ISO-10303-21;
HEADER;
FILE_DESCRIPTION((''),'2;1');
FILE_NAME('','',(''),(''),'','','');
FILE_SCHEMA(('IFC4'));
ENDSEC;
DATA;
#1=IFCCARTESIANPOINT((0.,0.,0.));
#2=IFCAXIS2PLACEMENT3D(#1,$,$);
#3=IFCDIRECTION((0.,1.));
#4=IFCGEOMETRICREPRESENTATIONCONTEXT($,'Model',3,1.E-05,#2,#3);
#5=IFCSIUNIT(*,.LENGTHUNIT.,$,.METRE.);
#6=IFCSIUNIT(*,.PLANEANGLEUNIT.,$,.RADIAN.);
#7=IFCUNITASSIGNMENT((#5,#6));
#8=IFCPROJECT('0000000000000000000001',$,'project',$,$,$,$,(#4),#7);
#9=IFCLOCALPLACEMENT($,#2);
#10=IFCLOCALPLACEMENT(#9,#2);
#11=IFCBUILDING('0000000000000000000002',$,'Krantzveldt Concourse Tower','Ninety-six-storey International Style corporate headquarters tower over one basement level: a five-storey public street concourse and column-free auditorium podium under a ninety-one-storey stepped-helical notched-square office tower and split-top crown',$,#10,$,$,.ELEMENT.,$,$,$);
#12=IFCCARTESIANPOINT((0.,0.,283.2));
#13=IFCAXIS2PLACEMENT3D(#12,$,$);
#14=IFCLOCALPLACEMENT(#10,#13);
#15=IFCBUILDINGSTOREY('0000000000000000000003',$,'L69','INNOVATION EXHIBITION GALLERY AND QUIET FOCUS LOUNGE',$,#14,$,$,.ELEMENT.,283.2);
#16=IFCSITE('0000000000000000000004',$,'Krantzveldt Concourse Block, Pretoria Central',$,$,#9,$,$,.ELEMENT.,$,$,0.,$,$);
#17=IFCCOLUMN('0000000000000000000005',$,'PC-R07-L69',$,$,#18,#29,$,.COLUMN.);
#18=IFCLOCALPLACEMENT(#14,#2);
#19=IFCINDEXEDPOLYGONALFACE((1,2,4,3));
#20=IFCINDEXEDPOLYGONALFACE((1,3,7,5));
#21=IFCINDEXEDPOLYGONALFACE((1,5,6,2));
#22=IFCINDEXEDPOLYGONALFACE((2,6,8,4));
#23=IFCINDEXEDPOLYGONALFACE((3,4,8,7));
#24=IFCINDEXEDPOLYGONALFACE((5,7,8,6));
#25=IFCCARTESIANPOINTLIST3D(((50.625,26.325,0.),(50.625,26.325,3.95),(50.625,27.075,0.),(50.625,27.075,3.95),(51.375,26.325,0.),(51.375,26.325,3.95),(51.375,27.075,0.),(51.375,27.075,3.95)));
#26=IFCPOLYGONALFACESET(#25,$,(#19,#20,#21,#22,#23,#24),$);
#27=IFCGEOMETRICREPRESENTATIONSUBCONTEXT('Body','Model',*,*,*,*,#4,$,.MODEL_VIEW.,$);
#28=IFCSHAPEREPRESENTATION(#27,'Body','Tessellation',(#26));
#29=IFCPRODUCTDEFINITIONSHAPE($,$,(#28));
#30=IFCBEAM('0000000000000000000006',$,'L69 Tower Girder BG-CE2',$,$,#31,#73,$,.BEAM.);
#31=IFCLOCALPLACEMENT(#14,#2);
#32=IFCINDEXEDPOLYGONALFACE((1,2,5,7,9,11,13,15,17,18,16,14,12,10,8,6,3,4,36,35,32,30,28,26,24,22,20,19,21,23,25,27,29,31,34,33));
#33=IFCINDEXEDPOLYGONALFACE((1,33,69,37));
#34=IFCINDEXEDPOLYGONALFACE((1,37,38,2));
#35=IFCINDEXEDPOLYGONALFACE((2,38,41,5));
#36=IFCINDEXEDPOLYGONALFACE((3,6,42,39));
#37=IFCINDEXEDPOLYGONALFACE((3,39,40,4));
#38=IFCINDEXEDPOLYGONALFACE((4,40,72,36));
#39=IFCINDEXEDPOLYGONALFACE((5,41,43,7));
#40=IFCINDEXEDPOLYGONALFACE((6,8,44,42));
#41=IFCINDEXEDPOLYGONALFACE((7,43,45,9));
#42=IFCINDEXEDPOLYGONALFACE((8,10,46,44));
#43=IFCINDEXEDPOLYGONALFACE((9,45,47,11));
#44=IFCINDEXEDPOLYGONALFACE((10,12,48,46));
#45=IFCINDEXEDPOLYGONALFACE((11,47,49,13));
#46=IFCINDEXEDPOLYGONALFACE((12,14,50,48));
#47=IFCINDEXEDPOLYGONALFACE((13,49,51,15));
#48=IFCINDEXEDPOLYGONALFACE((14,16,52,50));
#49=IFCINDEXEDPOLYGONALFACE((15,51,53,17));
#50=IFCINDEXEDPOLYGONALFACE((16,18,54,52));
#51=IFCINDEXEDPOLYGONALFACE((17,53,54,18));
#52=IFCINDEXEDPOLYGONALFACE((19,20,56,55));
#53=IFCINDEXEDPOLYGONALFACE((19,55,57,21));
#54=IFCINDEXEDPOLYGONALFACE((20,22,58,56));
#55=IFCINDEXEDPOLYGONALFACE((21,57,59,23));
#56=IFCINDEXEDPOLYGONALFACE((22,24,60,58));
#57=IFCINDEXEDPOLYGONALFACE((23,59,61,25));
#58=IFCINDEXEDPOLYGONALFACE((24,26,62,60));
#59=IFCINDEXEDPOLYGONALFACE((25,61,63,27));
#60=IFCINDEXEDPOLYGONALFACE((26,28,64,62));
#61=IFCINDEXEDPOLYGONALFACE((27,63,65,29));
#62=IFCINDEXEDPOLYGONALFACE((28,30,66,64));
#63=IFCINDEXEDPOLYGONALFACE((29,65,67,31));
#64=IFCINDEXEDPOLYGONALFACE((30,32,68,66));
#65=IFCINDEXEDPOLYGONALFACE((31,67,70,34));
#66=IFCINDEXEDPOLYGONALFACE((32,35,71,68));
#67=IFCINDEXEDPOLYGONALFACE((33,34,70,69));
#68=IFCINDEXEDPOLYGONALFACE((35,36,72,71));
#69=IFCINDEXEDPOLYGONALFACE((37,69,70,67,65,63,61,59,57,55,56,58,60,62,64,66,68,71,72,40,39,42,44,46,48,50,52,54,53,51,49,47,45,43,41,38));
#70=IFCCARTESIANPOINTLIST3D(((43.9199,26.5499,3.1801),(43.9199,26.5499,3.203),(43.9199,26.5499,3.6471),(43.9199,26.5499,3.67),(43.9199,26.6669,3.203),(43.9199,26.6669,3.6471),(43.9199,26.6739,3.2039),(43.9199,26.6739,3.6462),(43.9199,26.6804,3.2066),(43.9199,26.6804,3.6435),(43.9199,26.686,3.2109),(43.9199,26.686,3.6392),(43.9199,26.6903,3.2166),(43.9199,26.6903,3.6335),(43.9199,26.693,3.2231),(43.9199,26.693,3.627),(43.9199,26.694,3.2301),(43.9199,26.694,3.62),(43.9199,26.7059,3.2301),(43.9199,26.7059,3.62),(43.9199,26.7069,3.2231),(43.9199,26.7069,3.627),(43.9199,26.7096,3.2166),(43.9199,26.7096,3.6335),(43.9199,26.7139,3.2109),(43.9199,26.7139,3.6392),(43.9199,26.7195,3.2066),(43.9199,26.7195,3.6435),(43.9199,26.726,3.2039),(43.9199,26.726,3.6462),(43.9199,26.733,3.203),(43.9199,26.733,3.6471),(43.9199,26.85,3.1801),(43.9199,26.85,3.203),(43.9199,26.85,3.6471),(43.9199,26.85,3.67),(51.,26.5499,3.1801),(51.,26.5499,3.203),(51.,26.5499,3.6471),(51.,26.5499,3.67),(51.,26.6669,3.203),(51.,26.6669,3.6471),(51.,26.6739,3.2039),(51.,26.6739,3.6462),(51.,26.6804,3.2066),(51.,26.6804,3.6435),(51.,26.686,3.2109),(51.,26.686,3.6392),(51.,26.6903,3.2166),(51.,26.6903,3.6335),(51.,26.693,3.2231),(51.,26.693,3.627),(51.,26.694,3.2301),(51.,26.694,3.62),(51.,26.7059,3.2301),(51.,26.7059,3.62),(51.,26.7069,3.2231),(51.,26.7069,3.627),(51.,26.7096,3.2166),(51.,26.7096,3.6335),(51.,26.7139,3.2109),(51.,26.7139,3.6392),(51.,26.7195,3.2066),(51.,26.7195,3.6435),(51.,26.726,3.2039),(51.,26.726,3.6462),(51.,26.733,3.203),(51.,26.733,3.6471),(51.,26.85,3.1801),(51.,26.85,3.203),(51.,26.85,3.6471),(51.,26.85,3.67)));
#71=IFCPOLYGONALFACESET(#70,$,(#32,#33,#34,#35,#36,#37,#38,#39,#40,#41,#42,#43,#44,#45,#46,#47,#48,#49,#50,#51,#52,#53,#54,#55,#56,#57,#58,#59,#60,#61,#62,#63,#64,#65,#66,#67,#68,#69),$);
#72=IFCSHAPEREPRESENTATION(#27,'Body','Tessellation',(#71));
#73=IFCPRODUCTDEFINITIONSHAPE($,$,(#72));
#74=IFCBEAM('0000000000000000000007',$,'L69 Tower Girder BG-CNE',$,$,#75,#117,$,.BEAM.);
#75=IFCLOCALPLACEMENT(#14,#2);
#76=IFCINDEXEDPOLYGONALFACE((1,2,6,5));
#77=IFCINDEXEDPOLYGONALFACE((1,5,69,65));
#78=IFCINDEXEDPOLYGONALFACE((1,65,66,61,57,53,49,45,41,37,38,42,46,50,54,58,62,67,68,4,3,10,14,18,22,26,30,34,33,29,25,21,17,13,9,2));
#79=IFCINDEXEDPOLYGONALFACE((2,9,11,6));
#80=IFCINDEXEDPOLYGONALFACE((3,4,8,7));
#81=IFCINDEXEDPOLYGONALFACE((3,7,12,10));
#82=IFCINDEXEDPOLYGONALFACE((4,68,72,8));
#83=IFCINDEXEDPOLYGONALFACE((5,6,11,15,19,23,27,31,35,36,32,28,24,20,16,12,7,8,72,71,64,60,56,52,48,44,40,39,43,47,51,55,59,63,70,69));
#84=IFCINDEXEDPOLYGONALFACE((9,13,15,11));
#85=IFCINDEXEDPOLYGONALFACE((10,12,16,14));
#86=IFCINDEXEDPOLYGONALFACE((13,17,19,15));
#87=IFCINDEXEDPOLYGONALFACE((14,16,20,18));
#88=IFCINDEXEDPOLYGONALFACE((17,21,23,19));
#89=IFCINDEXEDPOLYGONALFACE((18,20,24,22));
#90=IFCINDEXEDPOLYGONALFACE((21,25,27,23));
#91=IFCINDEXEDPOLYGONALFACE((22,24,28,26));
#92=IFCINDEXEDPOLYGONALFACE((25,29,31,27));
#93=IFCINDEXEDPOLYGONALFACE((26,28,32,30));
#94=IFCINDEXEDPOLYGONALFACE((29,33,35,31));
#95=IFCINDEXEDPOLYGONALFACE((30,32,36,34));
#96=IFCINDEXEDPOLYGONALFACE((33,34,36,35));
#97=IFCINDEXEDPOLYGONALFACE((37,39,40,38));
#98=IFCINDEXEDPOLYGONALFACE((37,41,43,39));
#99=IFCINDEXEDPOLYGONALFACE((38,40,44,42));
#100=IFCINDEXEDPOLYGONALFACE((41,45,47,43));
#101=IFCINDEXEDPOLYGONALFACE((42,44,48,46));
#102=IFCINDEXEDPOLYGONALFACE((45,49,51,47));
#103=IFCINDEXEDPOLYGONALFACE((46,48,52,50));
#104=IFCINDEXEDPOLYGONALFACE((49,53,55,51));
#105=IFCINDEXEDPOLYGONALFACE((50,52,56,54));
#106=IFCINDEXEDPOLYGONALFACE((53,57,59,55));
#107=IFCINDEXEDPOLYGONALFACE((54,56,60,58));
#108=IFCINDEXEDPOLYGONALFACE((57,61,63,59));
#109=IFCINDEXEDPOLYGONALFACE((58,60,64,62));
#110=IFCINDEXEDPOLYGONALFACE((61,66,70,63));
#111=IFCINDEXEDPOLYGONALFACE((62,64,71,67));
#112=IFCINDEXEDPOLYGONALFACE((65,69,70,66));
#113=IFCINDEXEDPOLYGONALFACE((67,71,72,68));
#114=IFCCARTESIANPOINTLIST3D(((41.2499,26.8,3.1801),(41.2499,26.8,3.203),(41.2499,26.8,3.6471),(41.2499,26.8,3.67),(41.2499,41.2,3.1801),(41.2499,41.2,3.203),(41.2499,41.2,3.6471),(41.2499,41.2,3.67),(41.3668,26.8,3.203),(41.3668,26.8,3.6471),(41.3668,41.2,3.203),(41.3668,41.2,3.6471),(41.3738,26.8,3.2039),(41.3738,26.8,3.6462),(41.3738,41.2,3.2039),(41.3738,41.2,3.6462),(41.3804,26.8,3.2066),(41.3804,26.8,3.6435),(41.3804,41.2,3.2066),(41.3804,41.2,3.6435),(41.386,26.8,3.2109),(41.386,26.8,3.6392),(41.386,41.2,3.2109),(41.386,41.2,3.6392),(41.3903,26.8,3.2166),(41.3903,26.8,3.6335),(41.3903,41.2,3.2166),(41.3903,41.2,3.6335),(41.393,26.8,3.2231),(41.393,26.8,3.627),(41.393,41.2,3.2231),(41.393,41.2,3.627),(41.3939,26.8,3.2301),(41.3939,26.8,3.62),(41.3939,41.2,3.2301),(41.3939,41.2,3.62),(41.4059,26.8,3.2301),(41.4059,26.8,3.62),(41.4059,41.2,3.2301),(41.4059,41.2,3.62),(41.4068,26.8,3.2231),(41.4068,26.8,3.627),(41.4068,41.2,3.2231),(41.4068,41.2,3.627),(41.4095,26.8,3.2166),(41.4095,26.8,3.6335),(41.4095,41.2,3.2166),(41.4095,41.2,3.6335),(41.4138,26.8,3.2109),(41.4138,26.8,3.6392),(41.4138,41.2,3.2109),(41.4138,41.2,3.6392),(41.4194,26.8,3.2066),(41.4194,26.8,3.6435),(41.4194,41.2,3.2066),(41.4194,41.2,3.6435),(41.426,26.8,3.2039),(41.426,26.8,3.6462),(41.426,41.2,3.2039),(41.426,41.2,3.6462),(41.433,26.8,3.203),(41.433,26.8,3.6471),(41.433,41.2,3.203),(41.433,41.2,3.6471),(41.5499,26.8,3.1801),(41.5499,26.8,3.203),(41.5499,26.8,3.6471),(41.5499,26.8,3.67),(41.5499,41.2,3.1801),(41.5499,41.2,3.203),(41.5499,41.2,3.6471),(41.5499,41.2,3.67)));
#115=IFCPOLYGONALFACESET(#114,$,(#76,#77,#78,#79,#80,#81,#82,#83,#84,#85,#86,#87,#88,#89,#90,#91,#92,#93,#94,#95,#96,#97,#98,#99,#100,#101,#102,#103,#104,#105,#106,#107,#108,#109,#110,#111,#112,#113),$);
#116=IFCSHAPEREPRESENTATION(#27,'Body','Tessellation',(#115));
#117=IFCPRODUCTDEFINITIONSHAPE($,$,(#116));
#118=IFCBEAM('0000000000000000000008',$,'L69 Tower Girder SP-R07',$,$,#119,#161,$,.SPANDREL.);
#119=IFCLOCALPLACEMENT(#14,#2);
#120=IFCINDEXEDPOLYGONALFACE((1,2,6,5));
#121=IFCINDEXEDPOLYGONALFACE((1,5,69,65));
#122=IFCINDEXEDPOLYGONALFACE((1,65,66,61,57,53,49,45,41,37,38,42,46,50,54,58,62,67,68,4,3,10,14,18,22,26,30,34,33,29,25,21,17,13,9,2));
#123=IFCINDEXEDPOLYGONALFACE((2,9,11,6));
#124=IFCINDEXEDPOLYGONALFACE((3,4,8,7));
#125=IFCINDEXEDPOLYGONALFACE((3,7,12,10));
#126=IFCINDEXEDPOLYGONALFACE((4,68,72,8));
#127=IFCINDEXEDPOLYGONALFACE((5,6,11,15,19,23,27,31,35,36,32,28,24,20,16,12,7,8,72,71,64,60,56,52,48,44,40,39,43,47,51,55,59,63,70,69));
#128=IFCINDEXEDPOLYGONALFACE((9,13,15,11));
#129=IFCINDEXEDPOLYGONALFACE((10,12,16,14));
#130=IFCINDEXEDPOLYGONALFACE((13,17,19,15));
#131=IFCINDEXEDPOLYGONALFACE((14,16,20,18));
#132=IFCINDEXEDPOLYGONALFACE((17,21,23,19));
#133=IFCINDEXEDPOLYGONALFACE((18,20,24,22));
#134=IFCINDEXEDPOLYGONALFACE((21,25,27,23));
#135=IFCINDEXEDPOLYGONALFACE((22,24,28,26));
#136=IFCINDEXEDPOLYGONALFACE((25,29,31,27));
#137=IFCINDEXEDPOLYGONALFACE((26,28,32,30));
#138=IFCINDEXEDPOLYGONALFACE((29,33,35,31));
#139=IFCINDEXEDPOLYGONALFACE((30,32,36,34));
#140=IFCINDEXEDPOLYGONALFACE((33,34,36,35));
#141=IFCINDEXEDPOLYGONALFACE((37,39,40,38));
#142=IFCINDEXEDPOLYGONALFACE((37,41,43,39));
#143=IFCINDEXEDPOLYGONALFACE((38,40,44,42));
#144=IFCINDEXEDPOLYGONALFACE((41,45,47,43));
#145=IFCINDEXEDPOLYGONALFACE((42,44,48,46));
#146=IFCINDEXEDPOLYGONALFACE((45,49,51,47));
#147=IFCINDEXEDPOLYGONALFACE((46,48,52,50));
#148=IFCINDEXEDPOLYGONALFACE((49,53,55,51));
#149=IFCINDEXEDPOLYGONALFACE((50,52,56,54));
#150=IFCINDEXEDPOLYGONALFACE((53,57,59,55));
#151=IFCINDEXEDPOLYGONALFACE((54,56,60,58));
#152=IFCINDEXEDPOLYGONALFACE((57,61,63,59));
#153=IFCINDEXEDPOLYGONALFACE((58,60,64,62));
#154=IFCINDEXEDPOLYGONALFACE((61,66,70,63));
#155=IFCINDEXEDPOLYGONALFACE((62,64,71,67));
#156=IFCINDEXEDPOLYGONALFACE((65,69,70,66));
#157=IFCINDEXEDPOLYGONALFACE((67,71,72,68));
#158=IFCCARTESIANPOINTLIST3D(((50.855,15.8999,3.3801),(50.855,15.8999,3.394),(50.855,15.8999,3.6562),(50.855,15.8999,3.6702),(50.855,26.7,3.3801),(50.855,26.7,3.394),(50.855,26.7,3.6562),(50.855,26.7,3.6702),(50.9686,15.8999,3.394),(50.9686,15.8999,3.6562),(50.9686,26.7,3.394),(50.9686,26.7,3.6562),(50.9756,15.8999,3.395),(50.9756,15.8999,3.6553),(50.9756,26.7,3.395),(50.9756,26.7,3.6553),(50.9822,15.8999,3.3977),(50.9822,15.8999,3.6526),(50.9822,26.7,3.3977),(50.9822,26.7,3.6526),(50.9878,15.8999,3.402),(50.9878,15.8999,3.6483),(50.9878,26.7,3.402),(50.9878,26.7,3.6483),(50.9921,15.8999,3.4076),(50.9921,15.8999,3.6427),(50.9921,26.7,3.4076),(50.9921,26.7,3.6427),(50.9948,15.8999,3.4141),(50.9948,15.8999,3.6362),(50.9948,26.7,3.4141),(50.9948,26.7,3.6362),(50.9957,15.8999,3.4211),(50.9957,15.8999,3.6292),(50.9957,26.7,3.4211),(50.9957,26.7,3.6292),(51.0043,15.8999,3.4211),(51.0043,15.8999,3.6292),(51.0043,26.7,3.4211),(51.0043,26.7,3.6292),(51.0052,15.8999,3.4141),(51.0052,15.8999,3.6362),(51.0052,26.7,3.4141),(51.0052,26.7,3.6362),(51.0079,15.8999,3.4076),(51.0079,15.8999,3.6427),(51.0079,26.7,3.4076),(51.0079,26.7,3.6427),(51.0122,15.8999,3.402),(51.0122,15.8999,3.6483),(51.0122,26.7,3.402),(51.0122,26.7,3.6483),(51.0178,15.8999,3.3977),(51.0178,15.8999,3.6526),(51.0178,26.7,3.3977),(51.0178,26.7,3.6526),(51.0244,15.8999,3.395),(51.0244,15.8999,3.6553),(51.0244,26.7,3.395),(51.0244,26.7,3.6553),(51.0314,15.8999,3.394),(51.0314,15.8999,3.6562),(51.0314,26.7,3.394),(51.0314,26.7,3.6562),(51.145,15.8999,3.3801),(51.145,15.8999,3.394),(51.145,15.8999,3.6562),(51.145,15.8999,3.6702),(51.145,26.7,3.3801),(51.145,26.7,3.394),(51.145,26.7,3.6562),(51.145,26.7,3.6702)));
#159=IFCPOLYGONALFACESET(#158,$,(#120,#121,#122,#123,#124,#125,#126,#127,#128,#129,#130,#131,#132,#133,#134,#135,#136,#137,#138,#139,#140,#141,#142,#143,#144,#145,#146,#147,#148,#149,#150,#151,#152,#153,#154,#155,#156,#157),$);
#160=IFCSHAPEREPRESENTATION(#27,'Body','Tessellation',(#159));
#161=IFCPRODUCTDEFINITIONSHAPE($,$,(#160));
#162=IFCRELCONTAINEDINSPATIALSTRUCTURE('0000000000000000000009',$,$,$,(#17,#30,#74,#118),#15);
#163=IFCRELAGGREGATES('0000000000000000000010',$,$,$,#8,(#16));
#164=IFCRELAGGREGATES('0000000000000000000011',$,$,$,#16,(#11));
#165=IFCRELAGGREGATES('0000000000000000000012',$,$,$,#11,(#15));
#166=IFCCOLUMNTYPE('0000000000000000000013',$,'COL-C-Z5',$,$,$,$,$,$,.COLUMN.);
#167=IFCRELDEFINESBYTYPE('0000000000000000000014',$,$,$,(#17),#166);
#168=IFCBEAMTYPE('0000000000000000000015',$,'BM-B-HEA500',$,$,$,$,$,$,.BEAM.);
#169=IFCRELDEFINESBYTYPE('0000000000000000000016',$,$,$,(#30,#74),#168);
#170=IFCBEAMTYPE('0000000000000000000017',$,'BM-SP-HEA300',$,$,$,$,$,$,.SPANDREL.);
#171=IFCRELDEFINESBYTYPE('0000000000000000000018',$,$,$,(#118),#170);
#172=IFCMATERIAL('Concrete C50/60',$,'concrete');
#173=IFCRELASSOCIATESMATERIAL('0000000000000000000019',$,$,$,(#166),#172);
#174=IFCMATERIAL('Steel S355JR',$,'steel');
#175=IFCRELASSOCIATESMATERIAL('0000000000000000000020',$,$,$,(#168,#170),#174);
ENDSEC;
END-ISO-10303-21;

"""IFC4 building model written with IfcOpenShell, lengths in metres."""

from ifc_helpers import new_model, si_unit, direction, frame, origin, origin_2d, place, context, subcontext, project, spatial, rectangle, i_section, extrude, source, transform, mapped, material, material_profile, profile_set, type_object, type_shapes, element, save


model = new_model("IFC4")

# Units and contexts
model_context = context("Model", 3, precision=1e-05, world=origin(), true_north=direction((0.0, 1.0)))
body_context = subcontext(model_context, "Body", "Model", "MODEL_VIEW")
ifc_project = project(units=[si_unit("LENGTHUNIT", "METRE"), si_unit("PLANEANGLEUNIT", "RADIAN")], contexts=[model_context])

# Site, building, storey
site_placement = place(None, origin())
site = spatial("IfcSite", under=ifc_project, at=site_placement, Name="Krantzveldt Concourse Block, Pretoria Central", CompositionType="ELEMENT", RefElevation=0.0)
building_placement = place(site_placement, origin())
building = spatial("IfcBuilding", under=site, at=building_placement, Name="Krantzveldt Concourse Tower", Description="Ninety-six-storey International Style corporate headquarters tower over one basement level: a five-storey public street concourse and column-free auditorium podium under a ninety-one-storey stepped-helical notched-square office tower and split-top crown", CompositionType="ELEMENT")
storey_placement = place(building_placement, frame((0.0, 0.0, 283.2)))
storey = spatial("IfcBuildingStorey", under=building, at=storey_placement, Name="L69", Description="INNOVATION EXHIBITION GALLERY AND QUIET FOCUS LOUNGE", CompositionType="ELEMENT", Elevation=283.2)

# Column
ifc_material_1 = material(Name="Concrete C50/60", Category="concrete")
ifc_material_profile_1 = material_profile(ifc_material_1, rectangle(XDim=0.75, YDim=0.75, at=origin_2d()), Name="Concrete C50/60", Category="concrete")
ifc_profile_set_1 = profile_set([ifc_material_profile_1], Name="Concrete C50/60 - RC 750x750")
column_type = type_object("IfcColumnType", Name="COL-C-Z5", PredefinedType="COLUMN", material=ifc_profile_set_1)
shared_shape_1 = source(origin(), body_context, "Body", "SweptSolid", [
    extrude(rectangle(XDim=0.75, YDim=0.75, at=origin_2d()), origin(), (0.0, 0.0, 1.0), 3.95),
])
type_shapes(column_type, [shared_shape_1])
column_placement = place(storey_placement, frame((51.0, 26.7, 0.0), z_axis=(0.0, 0.0, 1.0), x_axis=(1.0, 0.0, 0.0)))
element("IfcColumn", 1, at=column_placement, inside=storey, type_object=column_type, Name="PC-R07-L69", PredefinedType="COLUMN", context=body_context, shape_type="MappedRepresentation", body=[
    mapped(shared_shape_1, transform((0.0, 0.0, 0.0), x_axis=(1.0, 0.0, 0.0), y_axis=(0.0, 1.0, 0.0), z_axis=(0.0, 0.0, 1.0), scale=1.0)),
])

# Beams
ifc_material_2 = material(Name="Steel S355JR", Category="steel")
ifc_material_profile_2 = material_profile(ifc_material_2, i_section(OverallWidth=0.3, OverallDepth=0.49, WebThickness=0.012, FlangeThickness=0.0229, FilletRadius=0.0271, at=origin_2d()), Name="Steel S355JR", Category="steel")
ifc_profile_set_2 = profile_set([ifc_material_profile_2], Name="Steel S355JR - HEA 500")
beam_type_1 = type_object("IfcBeamType", Name="BM-B-HEA500", PredefinedType="BEAM", material=ifc_profile_set_2)
shared_shape_2 = source(origin(), body_context, "Body", "SweptSolid", [
    extrude(i_section(OverallWidth=0.3, OverallDepth=0.49, WebThickness=0.012, FlangeThickness=0.0229, FilletRadius=0.0271, at=origin_2d()), origin(), (0.0, 0.0, 1.0), 7.0801),
])
beam_1_placement = place(storey_placement, frame((43.9199, 26.7, 3.425), z_axis=(1.0, 0.0, 0.0), x_axis=(0.0, 1.0, 0.0)))
element("IfcBeam", 2, at=beam_1_placement, inside=storey, type_object=beam_type_1, Name="L69 Tower Girder BG-CE2", PredefinedType="BEAM", context=body_context, shape_type="MappedRepresentation", body=[
    mapped(shared_shape_2, transform((0.0, 0.0, 0.0), x_axis=(1.0, 0.0, 0.0), y_axis=(0.0, 1.0, 0.0), z_axis=(0.0, 0.0, 1.0), scale=1.0)),
])
shared_shape_3 = source(origin(), body_context, "Body", "SweptSolid", [
    extrude(i_section(OverallWidth=0.3, OverallDepth=0.49, WebThickness=0.012, FlangeThickness=0.0229, FilletRadius=0.0271, at=origin_2d()), origin(), (0.0, 0.0, 1.0), 14.3999),
])
type_shapes(beam_type_1, [shared_shape_2, shared_shape_3])
beam_2_placement = place(storey_placement, frame((41.3999, 26.8, 3.425), z_axis=(0.0, 1.0, 0.0), x_axis=(-1.0, 0.0, 0.0)))
element("IfcBeam", 3, at=beam_2_placement, inside=storey, type_object=beam_type_1, Name="L69 Tower Girder BG-CNE", PredefinedType="BEAM", context=body_context, shape_type="MappedRepresentation", body=[
    mapped(shared_shape_3, transform((0.0, 0.0, 0.0), x_axis=(1.0, 0.0, 0.0), y_axis=(0.0, 1.0, 0.0), z_axis=(0.0, 0.0, 1.0), scale=1.0)),
])
ifc_material_profile_3 = material_profile(ifc_material_2, i_section(OverallWidth=0.29, OverallDepth=0.29, WebThickness=0.0085, FlangeThickness=0.0139, FilletRadius=0.0271, at=origin_2d()), Name="Steel S355JR", Category="steel")
ifc_profile_set_3 = profile_set([ifc_material_profile_3], Name="Steel S355JR - HEA 300")
beam_type_2 = type_object("IfcBeamType", Name="BM-SP-HEA300", PredefinedType="SPANDREL", material=ifc_profile_set_3)
shared_shape_4 = source(origin(), body_context, "Body", "SweptSolid", [
    extrude(i_section(OverallWidth=0.29, OverallDepth=0.29, WebThickness=0.0085, FlangeThickness=0.0139, FilletRadius=0.0271, at=origin_2d()), origin(), (0.0, 0.0, 1.0), 10.8),
])
type_shapes(beam_type_2, [shared_shape_4])
beam_3_placement = place(storey_placement, frame((51.0, 26.7, 3.5251), z_axis=(0.0, -1.0, 0.0), x_axis=(1.0, 0.0, 0.0)))
element("IfcBeam", 4, at=beam_3_placement, inside=storey, type_object=beam_type_2, Name="L69 Tower Girder SP-R07", PredefinedType="SPANDREL", context=body_context, shape_type="MappedRepresentation", body=[
    mapped(shared_shape_4, transform((0.0, 0.0, 0.0), x_axis=(1.0, 0.0, 0.0), y_axis=(0.0, 1.0, 0.0), z_axis=(0.0, 0.0, 1.0), scale=1.0)),
])

save(model, "model.ifc")
